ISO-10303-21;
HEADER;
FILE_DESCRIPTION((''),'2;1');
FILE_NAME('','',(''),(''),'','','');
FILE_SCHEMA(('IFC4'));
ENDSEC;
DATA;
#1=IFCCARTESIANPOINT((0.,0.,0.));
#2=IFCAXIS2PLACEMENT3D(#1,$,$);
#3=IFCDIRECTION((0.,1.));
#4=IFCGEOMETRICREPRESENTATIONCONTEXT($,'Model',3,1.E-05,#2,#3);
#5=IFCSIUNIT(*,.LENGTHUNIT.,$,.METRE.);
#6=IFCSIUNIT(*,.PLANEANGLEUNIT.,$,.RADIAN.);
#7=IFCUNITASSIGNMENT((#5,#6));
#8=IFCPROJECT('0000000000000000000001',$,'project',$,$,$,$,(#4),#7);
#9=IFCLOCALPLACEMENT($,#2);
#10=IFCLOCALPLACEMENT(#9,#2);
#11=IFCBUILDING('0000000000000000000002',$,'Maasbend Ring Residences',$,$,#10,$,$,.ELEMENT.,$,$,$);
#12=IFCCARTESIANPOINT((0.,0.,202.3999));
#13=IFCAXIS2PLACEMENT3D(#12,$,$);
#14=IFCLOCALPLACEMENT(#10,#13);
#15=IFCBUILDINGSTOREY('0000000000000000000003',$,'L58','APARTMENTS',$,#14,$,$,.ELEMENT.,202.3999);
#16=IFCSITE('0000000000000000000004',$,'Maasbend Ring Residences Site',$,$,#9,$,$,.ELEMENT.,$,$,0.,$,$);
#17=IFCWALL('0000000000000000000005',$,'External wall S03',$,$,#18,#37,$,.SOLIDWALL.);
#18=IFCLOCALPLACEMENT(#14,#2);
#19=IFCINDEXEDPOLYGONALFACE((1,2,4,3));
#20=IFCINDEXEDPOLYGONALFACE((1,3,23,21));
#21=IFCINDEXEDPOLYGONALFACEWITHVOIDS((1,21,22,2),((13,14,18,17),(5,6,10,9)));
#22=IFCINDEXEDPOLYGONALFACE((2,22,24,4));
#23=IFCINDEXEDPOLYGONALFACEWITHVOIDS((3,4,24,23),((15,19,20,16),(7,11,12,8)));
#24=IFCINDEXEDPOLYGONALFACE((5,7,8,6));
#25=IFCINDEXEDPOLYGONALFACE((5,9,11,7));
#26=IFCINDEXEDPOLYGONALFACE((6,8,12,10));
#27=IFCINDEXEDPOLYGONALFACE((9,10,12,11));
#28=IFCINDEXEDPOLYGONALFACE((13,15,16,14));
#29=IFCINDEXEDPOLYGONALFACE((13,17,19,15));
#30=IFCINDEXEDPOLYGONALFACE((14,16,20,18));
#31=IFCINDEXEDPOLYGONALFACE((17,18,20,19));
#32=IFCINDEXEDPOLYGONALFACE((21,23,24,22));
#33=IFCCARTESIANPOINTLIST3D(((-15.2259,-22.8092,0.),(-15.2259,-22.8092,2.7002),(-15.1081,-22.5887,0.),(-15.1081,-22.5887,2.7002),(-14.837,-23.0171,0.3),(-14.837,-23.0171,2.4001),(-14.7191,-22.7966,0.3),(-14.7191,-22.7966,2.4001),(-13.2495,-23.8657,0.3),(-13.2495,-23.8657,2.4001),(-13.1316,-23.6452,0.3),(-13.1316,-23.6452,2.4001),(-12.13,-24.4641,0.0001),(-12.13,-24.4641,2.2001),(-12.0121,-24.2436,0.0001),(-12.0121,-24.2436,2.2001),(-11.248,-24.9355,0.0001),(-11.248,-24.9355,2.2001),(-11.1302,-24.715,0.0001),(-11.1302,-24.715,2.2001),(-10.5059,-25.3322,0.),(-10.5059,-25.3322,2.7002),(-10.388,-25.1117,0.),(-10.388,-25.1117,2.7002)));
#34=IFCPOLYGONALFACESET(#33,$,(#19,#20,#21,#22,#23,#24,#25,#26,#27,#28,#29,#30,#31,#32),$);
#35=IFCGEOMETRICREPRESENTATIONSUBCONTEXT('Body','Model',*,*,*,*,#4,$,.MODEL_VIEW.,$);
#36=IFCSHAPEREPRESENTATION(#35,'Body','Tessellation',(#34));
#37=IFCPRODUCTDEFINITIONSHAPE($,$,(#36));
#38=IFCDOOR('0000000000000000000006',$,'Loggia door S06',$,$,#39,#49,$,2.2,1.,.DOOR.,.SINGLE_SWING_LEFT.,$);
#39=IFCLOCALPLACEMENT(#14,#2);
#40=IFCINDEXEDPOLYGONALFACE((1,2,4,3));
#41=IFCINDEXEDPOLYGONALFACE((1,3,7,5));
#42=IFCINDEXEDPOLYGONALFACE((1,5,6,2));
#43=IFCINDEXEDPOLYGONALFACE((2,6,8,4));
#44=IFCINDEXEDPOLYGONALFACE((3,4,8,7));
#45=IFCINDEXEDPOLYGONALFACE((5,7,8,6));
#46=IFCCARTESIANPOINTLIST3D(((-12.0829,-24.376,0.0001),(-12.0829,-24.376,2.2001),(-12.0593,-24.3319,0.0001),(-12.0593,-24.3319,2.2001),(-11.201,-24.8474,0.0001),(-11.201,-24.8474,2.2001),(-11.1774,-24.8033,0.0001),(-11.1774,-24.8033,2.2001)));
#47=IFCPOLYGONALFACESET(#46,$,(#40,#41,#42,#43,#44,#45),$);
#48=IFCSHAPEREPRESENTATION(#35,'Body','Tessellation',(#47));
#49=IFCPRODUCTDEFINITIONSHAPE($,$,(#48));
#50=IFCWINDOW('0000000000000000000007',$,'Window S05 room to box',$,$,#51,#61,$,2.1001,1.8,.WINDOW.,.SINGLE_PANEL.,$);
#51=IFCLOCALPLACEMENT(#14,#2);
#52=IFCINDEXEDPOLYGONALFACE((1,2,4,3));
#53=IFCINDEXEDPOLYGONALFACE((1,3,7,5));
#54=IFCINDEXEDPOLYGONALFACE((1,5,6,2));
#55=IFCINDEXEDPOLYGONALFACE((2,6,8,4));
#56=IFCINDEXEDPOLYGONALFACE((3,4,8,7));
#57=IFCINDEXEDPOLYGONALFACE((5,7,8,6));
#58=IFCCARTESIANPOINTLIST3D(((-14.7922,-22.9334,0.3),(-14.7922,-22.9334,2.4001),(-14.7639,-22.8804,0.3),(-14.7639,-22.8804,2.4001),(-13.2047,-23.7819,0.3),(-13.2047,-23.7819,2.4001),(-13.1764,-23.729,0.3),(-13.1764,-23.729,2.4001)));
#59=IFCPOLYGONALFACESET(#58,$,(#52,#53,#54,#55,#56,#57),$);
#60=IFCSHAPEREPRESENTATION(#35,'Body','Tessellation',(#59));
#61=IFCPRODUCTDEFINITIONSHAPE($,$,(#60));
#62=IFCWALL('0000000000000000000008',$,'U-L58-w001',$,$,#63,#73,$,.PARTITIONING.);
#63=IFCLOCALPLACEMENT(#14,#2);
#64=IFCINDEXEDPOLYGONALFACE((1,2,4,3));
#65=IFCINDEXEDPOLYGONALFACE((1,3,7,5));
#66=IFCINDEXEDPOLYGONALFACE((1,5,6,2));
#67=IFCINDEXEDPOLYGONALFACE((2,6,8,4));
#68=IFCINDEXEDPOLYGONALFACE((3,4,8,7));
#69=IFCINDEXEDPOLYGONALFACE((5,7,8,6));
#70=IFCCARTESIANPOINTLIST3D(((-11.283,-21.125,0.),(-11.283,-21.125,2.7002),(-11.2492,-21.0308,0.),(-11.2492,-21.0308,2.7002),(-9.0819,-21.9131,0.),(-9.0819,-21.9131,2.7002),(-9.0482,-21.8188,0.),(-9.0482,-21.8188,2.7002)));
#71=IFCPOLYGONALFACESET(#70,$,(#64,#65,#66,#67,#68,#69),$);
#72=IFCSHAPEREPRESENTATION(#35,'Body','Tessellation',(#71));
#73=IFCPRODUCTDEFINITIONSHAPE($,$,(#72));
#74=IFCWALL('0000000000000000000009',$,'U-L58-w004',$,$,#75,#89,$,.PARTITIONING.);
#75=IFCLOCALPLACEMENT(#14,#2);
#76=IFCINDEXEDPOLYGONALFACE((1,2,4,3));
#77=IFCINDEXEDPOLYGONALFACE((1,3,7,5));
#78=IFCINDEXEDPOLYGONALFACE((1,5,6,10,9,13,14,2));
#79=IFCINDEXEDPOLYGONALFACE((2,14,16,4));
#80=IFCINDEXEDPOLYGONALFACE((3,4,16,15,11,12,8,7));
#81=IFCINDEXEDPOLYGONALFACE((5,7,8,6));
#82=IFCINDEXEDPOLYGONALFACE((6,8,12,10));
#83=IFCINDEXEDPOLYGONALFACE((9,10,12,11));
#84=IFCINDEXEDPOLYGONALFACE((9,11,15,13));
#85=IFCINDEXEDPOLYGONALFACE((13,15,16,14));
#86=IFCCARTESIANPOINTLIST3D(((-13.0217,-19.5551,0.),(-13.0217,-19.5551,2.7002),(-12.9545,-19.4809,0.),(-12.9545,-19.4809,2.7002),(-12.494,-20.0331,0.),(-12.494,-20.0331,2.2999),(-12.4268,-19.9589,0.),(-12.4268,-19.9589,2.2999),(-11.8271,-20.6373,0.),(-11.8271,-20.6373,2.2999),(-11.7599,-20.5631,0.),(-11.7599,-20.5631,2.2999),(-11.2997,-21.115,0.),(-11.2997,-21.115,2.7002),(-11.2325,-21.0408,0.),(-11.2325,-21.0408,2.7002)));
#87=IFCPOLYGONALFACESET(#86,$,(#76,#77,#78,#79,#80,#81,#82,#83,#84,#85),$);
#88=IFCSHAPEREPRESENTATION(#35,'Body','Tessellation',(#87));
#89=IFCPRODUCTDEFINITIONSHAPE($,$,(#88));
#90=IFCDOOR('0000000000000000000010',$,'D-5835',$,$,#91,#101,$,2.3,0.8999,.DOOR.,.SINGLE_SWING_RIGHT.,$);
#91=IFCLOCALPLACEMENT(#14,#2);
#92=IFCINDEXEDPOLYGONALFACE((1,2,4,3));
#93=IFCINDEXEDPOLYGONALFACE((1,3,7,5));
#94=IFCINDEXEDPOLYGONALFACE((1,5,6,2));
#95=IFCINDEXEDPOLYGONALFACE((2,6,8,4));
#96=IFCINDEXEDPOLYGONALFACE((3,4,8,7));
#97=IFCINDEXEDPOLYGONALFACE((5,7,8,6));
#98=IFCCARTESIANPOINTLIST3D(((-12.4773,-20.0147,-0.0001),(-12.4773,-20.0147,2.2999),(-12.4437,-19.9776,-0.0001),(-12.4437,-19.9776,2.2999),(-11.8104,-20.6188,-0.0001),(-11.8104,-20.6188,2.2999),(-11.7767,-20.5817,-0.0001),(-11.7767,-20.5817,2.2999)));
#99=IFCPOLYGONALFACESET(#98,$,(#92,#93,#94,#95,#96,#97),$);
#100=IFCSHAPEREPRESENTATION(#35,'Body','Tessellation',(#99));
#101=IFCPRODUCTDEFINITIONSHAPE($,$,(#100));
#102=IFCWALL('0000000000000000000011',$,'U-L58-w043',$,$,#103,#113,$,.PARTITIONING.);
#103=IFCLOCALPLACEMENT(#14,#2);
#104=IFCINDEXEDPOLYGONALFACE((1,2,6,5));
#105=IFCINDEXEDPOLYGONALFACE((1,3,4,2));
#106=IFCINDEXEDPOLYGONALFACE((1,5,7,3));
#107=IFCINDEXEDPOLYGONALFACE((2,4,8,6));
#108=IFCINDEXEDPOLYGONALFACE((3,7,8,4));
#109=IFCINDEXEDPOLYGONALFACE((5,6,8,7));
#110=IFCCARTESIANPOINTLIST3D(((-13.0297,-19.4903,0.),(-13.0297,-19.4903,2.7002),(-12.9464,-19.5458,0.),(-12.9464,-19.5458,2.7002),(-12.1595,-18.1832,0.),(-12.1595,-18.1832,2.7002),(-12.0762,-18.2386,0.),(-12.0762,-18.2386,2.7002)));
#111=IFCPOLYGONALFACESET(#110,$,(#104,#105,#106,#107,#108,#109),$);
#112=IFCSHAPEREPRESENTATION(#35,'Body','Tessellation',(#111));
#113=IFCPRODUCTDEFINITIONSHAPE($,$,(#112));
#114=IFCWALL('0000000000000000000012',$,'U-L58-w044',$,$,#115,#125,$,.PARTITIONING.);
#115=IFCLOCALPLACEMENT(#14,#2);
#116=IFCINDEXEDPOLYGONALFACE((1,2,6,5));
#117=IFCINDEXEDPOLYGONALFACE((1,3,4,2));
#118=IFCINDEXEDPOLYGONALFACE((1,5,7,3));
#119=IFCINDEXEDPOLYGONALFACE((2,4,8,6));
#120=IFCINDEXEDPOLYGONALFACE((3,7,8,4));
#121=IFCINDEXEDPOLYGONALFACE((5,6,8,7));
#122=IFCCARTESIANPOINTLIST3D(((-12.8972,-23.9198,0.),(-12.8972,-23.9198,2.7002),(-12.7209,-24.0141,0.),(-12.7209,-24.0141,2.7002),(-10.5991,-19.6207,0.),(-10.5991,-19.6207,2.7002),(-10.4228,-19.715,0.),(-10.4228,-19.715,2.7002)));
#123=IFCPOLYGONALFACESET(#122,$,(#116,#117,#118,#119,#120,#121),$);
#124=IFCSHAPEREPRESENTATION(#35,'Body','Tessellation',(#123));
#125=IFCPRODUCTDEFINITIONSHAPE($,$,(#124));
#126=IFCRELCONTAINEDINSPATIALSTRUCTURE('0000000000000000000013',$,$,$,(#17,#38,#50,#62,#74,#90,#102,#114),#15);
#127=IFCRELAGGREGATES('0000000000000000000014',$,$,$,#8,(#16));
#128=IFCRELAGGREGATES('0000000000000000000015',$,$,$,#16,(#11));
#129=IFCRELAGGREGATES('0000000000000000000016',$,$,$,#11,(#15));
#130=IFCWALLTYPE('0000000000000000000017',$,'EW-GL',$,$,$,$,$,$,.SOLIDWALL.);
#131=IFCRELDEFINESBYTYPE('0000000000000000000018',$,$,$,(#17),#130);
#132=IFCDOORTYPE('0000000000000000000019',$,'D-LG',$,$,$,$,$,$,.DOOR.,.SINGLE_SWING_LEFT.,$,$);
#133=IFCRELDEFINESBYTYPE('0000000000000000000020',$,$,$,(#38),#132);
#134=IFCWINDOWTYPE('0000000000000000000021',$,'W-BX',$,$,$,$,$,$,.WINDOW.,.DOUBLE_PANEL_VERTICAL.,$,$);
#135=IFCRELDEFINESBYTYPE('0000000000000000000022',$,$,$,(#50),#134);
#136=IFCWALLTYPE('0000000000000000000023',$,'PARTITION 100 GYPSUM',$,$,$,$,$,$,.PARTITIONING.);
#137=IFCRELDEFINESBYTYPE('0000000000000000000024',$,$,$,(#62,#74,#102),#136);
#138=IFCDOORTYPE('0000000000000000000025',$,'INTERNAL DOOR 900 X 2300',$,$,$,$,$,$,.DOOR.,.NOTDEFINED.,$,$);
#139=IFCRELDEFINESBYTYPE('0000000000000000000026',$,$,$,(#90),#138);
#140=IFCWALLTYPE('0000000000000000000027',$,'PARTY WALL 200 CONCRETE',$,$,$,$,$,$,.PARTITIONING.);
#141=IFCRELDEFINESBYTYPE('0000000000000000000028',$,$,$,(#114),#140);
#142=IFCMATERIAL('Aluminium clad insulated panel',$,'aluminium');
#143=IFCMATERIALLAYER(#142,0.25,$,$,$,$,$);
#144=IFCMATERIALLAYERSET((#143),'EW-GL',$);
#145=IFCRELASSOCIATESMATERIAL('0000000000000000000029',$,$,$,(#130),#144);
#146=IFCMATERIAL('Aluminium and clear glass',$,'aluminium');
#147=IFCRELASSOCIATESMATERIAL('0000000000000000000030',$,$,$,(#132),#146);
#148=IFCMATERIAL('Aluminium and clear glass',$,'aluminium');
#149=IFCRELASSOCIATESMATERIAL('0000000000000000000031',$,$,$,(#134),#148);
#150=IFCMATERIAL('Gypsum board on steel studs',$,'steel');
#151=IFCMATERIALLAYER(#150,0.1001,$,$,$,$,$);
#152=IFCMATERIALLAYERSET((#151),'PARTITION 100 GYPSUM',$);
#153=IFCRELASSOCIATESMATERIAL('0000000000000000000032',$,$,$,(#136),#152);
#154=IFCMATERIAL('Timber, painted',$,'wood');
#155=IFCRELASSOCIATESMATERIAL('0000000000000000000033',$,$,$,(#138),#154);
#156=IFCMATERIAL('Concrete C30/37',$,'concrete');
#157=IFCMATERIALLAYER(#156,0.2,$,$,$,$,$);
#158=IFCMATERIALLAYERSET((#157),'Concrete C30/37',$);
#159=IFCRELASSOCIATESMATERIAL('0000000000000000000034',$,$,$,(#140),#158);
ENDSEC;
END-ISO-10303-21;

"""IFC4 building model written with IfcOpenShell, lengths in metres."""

from ifc_helpers import new_model, si_unit, direction, frame, frame_2d, origin, place, context, subcontext, project, spatial, rectangle, extrude, material, layer, layer_set, type_object, element, fill, save


model = new_model("IFC4")

# Units and contexts
model_context = context("Model", 3, precision=1e-05, world=origin(), true_north=direction((0.0, 1.0)))
body_context = subcontext(model_context, "Body", "Model", "MODEL_VIEW")
ifc_project = project(units=[si_unit("LENGTHUNIT", "METRE"), si_unit("PLANEANGLEUNIT", "RADIAN")], contexts=[model_context])

# Site, building, storey
site_placement = place(None, origin())
site = spatial("IfcSite", under=ifc_project, at=site_placement, Name="Maasbend Ring Residences Site", CompositionType="ELEMENT", RefElevation=0.0)
building_placement = place(site_placement, origin())
building = spatial("IfcBuilding", under=site, at=building_placement, Name="Maasbend Ring Residences", CompositionType="ELEMENT")
storey_placement = place(building_placement, frame((0.0, 0.0, 202.3999)))
storey = spatial("IfcBuildingStorey", under=building, at=storey_placement, Name="L58", Description="APARTMENTS", CompositionType="ELEMENT", Elevation=202.3999)

# Wall, openings, door, window
ifc_material_1 = material(Name="Aluminium clad insulated panel", Category="aluminium")
ifc_layer_1 = layer(ifc_material_1, 0.25)
ifc_layer_set_1 = layer_set([ifc_layer_1], Name="EW-GL")
wall_type_1 = type_object("IfcWallType", Name="EW-GL", PredefinedType="SOLIDWALL", material=ifc_layer_set_1)
wall_1_placement = place(storey_placement, frame((-15.167, -22.699, 0.0), z_axis=(0.0, 0.0, 1.0), x_axis=(0.881916, -0.471407, 0.0)))
wall_1 = element("IfcWall", 1, at=wall_1_placement, inside=storey, type_object=wall_type_1, Name="External wall S03", PredefinedType="SOLIDWALL", context=body_context, shape_type="SweptSolid", body=[
    extrude(rectangle(XDim=5.3521, YDim=0.25, at=frame_2d((2.676, 0.0))), origin(), (0.0, 0.0, 1.0), 2.7002),
])
opening_1_placement = place(wall_1_placement, frame((0.4412, 0.0, 0.3)))
opening_1 = element("IfcOpeningElement", 2, at=opening_1_placement, cuts=wall_1, PredefinedType="OPENING", context=body_context, shape_type="SweptSolid", body=[
    extrude(rectangle(XDim=1.8, YDim=2.1001, at=frame_2d((0.8999, 1.05))), frame((0.0, 0.135, 0.0), z_axis=(0.0, -1.0, 0.0), x_axis=(1.0, 0.0, 0.0)), (0.0, 0.0, 1.0), 0.27),
])
opening_2_placement = place(wall_1_placement, frame((3.5105, 0.0, 0.0)))
opening_2 = element("IfcOpeningElement", 3, at=opening_2_placement, cuts=wall_1, PredefinedType="OPENING", context=body_context, shape_type="SweptSolid", body=[
    extrude(rectangle(XDim=1.0, YDim=2.2, at=frame_2d((0.5, 1.1001))), frame((0.0, 0.135, 0.0), z_axis=(0.0, -1.0, 0.0), x_axis=(1.0, 0.0, 0.0)), (0.0, 0.0, 1.0), 0.27),
])
ifc_material_2 = material(Name="Aluminium and clear glass", Category="aluminium")
door_type_1 = type_object("IfcDoorType", Name="D-LG", OperationType="SINGLE_SWING_LEFT", PredefinedType="DOOR", material=ifc_material_2)
door_1_placement = place(opening_2_placement, origin())
door_1 = element("IfcDoor", 4, at=door_1_placement, inside=storey, type_object=door_type_1, Name="Loggia door S06", OperationType="SINGLE_SWING_LEFT", OverallHeight=2.2, OverallWidth=1.0, PredefinedType="DOOR", context=body_context, shape_type="SweptSolid", body=[
    extrude(rectangle(XDim=1.0, YDim=2.2, at=frame_2d((0.5, 1.1001))), frame((0.0, 0.0249, 0.0), z_axis=(0.0, -1.0, 0.0), x_axis=(1.0, 0.0, 0.0)), (0.0, 0.0, 1.0), 0.05),
])
fill(opening_2, door_1)
ifc_material_3 = material(Name="Aluminium and clear glass", Category="aluminium")
window_type_1 = type_object("IfcWindowType", Name="W-BX", PartitioningType="DOUBLE_PANEL_VERTICAL", PredefinedType="WINDOW", material=ifc_material_3)
window_1_placement = place(opening_1_placement, origin())
window_1 = element("IfcWindow", 5, at=window_1_placement, inside=storey, type_object=window_type_1, Name="Window S05 room to box", OverallHeight=2.1001, OverallWidth=1.8, PartitioningType="SINGLE_PANEL", PredefinedType="WINDOW", context=body_context, shape_type="SweptSolid", body=[
    extrude(rectangle(XDim=1.8, YDim=2.1001, at=frame_2d((0.8999, 1.05))), frame((0.0, 0.03, 0.0), z_axis=(0.0, -1.0, 0.0), x_axis=(1.0, 0.0, 0.0)), (0.0, 0.0, 1.0), 0.0601),
])
fill(opening_1, window_1)

# Wall
ifc_material_4 = material(Name="Gypsum board on steel studs", Category="steel")
ifc_layer_2 = layer(ifc_material_4, 0.1001)
ifc_layer_set_2 = layer_set([ifc_layer_2], Name="PARTITION 100 GYPSUM")
wall_type_2 = type_object("IfcWallType", Name="PARTITION 100 GYPSUM", PredefinedType="PARTITIONING", material=ifc_layer_set_2)
wall_2_placement = place(storey_placement, frame((-11.2661, -21.0779, 0.0), z_axis=(0.0, 0.0, 1.0), x_axis=(0.941477, -0.337077, 0.0)))
element("IfcWall", 6, at=wall_2_placement, inside=storey, type_object=wall_type_2, Name="U-L58-w001", PredefinedType="PARTITIONING", context=body_context, shape_type="SweptSolid", body=[
    extrude(rectangle(XDim=2.3379, YDim=0.1001, at=frame_2d((1.1689, 0.0))), origin(), (0.0, 0.0, 1.0), 2.7002),
])

# Wall, opening, door
wall_3_placement = place(storey_placement, frame((-12.988, -19.5181, 0.0), z_axis=(0.0, 0.0, 1.0), x_axis=(0.741132, -0.671359, 0.0)))
wall_3 = element("IfcWall", 7, at=wall_3_placement, inside=storey, type_object=wall_type_2, Name="U-L58-w004", PredefinedType="PARTITIONING", context=body_context, shape_type="SweptSolid", body=[
    extrude(rectangle(XDim=2.3235, YDim=0.1001, at=frame_2d((1.1616, 0.0))), origin(), (0.0, 0.0, 1.0), 2.7002),
])
opening_3_placement = place(wall_3_placement, frame((0.7119, 0.0, 0.0)))
opening_3 = element("IfcOpeningElement", 8, at=opening_3_placement, cuts=wall_3, PredefinedType="OPENING", context=body_context, shape_type="SweptSolid", body=[
    extrude(rectangle(XDim=0.8999, YDim=2.3, at=frame_2d((0.45, 1.1499))), frame((0.0, 0.0601, 0.0), z_axis=(0.0, -1.0, 0.0), x_axis=(1.0, 0.0, 0.0)), (0.0, 0.0, 1.0), 0.1201),
])
ifc_material_5 = material(Name="Timber, painted", Category="wood")
door_type_2 = type_object("IfcDoorType", Name="INTERNAL DOOR 900 X 2300", OperationType="NOTDEFINED", PredefinedType="DOOR", material=ifc_material_5)
door_2_placement = place(opening_3_placement, origin())
door_2 = element("IfcDoor", 9, at=door_2_placement, inside=storey, type_object=door_type_2, Name="D-5835", OperationType="SINGLE_SWING_RIGHT", OverallHeight=2.3, OverallWidth=0.8999, PredefinedType="DOOR", context=body_context, shape_type="SweptSolid", body=[
    extrude(rectangle(XDim=0.8999, YDim=2.3, at=frame_2d((0.45, 1.1499))), frame((0.0, 0.0249, 0.0), z_axis=(0.0, -1.0, 0.0), x_axis=(1.0, 0.0, 0.0)), (0.0, 0.0, 1.0), 0.05),
])
fill(opening_3, door_2)

# Walls
wall_4_placement = place(storey_placement, frame((-12.988, -19.5181, 0.0), z_axis=(0.0, 0.0, 1.0), x_axis=(0.554126, 0.832433, 0.0)))
element("IfcWall", 10, at=wall_4_placement, inside=storey, type_object=wall_type_2, Name="U-L58-w043", PredefinedType="PARTITIONING", context=body_context, shape_type="SweptSolid", body=[
    extrude(rectangle(XDim=1.5703, YDim=0.1001, at=frame_2d((0.7852, 0.0))), origin(), (0.0, 0.0, 1.0), 2.7002),
])
ifc_material_6 = material(Name="Concrete C30/37", Category="concrete")
ifc_layer_3 = layer(ifc_material_6, 0.2)
ifc_layer_set_3 = layer_set([ifc_layer_3], Name="Concrete C30/37")
wall_type_3 = type_object("IfcWallType", Name="PARTY WALL 200 CONCRETE", PredefinedType="PARTITIONING", material=ifc_layer_set_3)
wall_5_placement = place(storey_placement, frame((-12.8091, -23.967, 0.0), z_axis=(0.0, 0.0, 1.0), x_axis=(0.471428, 0.881905, 0.0)))
element("IfcWall", 11, at=wall_5_placement, inside=storey, type_object=wall_type_3, Name="U-L58-w044", PredefinedType="PARTITIONING", context=body_context, shape_type="SweptSolid", body=[
    extrude(rectangle(XDim=4.8748, YDim=0.2, at=frame_2d((2.4375, 0.0))), origin(), (0.0, 0.0, 1.0), 2.7002),
])

save(model, "model.ifc")
